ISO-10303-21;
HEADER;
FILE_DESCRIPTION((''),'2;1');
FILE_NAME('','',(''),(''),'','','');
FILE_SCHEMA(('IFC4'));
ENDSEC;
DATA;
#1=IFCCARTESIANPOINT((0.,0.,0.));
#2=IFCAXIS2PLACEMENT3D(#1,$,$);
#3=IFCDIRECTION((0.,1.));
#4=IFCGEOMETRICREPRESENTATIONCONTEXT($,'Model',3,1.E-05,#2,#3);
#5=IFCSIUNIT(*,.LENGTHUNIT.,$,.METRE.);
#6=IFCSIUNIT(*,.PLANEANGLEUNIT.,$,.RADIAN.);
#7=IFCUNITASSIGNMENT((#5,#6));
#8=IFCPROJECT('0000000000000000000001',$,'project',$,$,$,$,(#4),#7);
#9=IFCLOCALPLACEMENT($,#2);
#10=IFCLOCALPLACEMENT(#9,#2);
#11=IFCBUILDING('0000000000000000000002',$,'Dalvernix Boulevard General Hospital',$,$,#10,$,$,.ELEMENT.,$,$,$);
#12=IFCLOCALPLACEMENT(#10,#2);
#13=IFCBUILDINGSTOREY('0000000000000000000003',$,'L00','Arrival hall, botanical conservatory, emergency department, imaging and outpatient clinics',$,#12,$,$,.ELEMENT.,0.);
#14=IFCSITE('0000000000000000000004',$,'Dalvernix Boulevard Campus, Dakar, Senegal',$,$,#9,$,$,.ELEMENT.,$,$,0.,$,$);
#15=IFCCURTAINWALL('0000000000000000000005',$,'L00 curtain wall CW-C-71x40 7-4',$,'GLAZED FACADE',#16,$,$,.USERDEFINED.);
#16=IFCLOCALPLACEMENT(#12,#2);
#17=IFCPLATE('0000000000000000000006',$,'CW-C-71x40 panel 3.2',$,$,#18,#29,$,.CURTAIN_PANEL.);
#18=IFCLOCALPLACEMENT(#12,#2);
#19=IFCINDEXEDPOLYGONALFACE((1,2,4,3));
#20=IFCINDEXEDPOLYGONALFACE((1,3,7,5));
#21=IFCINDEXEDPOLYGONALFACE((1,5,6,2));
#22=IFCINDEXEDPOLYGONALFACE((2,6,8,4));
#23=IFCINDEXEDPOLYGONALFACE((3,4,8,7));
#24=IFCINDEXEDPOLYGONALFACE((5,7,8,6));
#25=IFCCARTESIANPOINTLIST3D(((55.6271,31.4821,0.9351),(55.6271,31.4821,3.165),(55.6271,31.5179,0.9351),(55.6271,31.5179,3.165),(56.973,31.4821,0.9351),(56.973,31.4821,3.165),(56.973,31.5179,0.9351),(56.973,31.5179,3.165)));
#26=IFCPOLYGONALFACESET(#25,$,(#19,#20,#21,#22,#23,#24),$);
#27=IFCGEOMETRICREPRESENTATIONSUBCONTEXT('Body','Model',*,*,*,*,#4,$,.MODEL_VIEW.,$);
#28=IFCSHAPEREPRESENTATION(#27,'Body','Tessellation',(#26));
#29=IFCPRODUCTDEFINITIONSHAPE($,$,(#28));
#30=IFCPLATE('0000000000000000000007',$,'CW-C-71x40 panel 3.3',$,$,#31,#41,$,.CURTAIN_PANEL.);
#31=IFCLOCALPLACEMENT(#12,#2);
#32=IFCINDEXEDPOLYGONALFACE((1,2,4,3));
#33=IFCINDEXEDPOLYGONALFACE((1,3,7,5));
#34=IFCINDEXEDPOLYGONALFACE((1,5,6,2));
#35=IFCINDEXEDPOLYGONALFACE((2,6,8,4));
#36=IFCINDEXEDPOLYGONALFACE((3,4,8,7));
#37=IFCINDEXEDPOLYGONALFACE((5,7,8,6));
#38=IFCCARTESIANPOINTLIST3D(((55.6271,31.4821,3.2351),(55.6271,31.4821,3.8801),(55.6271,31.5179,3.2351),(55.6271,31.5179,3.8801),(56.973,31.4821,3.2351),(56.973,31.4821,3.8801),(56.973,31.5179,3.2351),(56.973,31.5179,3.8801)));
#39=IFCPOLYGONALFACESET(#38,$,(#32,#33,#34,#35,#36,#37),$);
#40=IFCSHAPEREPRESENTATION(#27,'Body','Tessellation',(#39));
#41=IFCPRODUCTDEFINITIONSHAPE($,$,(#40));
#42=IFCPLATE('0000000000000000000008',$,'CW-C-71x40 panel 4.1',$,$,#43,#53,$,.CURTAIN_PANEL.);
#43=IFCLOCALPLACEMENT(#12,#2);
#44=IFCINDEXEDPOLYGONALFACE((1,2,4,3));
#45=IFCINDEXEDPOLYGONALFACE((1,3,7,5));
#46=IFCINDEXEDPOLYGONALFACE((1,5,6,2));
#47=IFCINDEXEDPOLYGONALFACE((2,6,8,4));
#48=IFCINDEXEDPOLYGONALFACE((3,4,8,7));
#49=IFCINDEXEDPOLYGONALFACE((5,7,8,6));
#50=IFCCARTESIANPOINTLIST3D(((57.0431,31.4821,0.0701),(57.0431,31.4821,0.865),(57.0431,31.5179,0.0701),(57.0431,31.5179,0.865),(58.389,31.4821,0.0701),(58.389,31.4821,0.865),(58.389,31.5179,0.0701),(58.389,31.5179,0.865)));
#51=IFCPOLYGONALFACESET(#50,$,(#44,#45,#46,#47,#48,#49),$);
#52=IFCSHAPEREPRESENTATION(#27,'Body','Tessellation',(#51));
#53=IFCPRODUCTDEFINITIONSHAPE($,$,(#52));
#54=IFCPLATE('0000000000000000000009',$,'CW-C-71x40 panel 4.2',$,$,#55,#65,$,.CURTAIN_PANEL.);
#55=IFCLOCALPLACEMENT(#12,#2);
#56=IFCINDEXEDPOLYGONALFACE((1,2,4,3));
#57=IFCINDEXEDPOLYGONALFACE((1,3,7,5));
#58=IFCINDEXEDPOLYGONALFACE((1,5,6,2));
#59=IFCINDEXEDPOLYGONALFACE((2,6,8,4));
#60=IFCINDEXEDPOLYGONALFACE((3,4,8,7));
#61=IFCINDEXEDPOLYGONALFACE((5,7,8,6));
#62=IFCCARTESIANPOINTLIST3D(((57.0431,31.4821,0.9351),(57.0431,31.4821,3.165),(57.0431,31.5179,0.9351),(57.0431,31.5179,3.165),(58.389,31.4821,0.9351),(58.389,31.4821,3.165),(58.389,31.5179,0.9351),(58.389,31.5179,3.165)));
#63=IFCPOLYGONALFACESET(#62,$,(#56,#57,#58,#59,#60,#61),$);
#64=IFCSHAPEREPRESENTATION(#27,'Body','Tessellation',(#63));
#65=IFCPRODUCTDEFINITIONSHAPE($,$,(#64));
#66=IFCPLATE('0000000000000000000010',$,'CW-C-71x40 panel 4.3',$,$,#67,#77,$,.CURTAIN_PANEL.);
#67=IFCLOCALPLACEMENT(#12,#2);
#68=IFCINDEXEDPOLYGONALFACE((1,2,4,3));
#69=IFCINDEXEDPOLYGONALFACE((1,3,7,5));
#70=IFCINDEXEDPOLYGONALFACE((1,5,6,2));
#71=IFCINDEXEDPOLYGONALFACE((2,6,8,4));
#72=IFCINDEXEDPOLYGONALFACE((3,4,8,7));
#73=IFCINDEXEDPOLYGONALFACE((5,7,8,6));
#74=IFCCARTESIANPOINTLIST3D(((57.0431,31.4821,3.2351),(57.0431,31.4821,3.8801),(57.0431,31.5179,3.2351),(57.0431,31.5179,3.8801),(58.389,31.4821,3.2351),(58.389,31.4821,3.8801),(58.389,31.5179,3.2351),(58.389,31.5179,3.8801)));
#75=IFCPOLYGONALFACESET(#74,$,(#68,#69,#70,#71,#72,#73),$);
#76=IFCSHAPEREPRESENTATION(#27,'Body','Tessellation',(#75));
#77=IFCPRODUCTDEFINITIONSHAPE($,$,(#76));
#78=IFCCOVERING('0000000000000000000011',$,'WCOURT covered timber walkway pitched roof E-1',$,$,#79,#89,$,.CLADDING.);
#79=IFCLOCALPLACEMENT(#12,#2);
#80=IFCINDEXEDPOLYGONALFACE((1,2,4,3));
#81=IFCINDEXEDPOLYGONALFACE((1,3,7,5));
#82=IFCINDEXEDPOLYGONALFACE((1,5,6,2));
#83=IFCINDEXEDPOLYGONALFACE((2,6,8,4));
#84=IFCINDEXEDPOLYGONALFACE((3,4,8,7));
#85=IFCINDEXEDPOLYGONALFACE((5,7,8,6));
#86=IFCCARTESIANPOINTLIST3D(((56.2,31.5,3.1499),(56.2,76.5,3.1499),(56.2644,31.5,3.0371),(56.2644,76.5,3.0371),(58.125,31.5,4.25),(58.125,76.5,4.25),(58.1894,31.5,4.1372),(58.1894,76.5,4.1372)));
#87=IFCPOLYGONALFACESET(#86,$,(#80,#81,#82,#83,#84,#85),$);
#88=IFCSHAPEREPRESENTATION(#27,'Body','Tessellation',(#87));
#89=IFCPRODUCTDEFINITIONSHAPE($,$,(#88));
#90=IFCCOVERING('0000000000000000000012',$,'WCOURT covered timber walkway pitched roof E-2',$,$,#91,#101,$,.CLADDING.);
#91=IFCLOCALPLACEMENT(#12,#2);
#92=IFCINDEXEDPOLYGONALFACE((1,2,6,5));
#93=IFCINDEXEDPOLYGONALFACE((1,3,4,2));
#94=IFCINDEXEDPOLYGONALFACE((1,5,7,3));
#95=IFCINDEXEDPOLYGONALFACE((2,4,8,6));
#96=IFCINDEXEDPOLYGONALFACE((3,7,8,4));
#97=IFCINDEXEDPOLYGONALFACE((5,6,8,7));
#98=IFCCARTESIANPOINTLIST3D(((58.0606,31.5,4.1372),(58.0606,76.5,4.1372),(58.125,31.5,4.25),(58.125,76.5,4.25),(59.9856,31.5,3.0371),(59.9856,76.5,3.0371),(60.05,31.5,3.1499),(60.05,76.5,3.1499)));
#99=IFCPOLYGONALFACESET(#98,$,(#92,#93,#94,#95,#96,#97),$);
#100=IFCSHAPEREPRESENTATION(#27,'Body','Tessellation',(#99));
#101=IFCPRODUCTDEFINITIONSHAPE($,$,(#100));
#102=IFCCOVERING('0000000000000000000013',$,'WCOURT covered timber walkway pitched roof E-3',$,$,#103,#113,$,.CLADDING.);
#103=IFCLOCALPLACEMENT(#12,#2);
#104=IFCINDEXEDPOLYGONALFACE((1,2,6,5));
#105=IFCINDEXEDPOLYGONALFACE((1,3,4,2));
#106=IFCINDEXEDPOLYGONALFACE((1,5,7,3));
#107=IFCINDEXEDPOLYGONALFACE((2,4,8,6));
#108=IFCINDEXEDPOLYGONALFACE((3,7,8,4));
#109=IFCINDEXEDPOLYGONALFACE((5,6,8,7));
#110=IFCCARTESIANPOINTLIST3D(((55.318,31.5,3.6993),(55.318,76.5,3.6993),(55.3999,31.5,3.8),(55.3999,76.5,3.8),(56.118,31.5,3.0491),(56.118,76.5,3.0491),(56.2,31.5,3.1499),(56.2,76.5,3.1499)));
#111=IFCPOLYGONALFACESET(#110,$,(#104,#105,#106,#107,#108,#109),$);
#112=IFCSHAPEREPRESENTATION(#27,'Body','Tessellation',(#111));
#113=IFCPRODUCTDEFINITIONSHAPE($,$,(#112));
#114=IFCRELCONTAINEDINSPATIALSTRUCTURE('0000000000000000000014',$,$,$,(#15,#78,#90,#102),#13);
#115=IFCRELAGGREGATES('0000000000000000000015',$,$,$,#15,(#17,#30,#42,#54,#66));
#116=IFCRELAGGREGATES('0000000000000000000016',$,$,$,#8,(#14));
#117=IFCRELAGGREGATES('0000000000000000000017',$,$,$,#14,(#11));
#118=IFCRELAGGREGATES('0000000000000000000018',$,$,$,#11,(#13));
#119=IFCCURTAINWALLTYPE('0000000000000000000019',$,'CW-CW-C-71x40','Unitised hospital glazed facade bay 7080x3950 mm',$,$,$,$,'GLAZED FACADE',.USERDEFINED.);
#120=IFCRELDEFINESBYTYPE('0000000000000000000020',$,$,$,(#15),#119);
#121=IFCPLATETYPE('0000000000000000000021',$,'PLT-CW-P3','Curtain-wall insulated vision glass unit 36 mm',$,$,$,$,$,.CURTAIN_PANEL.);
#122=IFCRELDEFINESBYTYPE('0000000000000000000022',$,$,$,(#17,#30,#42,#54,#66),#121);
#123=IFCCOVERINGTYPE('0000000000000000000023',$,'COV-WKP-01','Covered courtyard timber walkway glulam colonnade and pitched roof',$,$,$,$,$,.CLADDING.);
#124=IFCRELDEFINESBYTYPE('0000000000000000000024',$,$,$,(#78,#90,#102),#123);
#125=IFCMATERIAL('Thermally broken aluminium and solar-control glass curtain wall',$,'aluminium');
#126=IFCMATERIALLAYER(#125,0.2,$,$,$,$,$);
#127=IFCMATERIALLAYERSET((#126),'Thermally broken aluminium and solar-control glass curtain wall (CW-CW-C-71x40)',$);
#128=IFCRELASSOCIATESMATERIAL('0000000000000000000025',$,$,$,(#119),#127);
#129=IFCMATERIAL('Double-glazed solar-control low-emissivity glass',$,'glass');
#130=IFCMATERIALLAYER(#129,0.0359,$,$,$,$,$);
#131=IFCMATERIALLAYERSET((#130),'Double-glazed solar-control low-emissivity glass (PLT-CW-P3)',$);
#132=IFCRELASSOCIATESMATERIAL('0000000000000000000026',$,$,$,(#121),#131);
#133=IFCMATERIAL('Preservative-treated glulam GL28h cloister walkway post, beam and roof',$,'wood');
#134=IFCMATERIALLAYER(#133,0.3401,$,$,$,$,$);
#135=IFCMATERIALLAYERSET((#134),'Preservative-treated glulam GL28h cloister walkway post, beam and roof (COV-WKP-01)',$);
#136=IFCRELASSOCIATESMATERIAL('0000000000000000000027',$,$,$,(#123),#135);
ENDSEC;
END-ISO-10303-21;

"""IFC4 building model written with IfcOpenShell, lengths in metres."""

from ifc_helpers import new_model, si_unit, direction, frame, origin, origin_2d, place, context, subcontext, project, spatial, polyline, rectangle, outline, extrude, material, layer, layer_set, type_object, element, aggregate, save


model = new_model("IFC4")

# Units and contexts
model_context = context("Model", 3, precision=1e-05, world=origin(), true_north=direction((0.0, 1.0)))
body_context = subcontext(model_context, "Body", "Model", "MODEL_VIEW")
ifc_project = project(units=[si_unit("LENGTHUNIT", "METRE"), si_unit("PLANEANGLEUNIT", "RADIAN")], contexts=[model_context])

# Site, building, storey
site_placement = place(None, origin())
site = spatial("IfcSite", under=ifc_project, at=site_placement, Name="Dalvernix Boulevard Campus, Dakar, Senegal", CompositionType="ELEMENT", RefElevation=0.0)
building_placement = place(site_placement, origin())
building = spatial("IfcBuilding", under=site, at=building_placement, Name="Dalvernix Boulevard General Hospital", CompositionType="ELEMENT")
storey_placement = place(building_placement, origin())
storey = spatial("IfcBuildingStorey", under=building, at=storey_placement, Name="L00", Description="Arrival hall, botanical conservatory, emergency department, imaging and outpatient clinics", CompositionType="ELEMENT", Elevation=0.0)

# Curtain wall, plates
ifc_material_1 = material(Name="Thermally broken aluminium and solar-control glass curtain wall", Category="aluminium")
ifc_layer_1 = layer(ifc_material_1, 0.2)
ifc_layer_set_1 = layer_set([ifc_layer_1], Name="Thermally broken aluminium and solar-control glass curtain wall (CW-CW-C-71x40)")
curtain_wall_type = type_object("IfcCurtainWallType", Name="CW-CW-C-71x40", Description="Unitised hospital glazed facade bay 7080x3950 mm", ElementType="GLAZED FACADE", PredefinedType="USERDEFINED", material=ifc_layer_set_1)
curtain_wall_placement = place(storey_placement, origin())
curtain_wall = element("IfcCurtainWall", 1, at=curtain_wall_placement, inside=storey, type_object=curtain_wall_type, Name="L00 curtain wall CW-C-71x40 7-4", ObjectType="GLAZED FACADE", PredefinedType="USERDEFINED")
ifc_material_2 = material(Name="Double-glazed solar-control low-emissivity glass", Category="glass")
ifc_layer_2 = layer(ifc_material_2, 0.0359)
ifc_layer_set_2 = layer_set([ifc_layer_2], Name="Double-glazed solar-control low-emissivity glass (PLT-CW-P3)")
plate_type = type_object("IfcPlateType", Name="PLT-CW-P3", Description="Curtain-wall insulated vision glass unit 36 mm", PredefinedType="CURTAIN_PANEL", material=ifc_layer_set_2)
plate_1_placement = place(storey_placement, frame((56.3, 31.5, 0.9351), z_axis=(0.0, 0.0, 1.0), x_axis=(1.0, 0.0, 0.0)))
plate_1 = element("IfcPlate", 2, at=plate_1_placement, type_object=plate_type, Name="CW-C-71x40 panel 3.2", PredefinedType="CURTAIN_PANEL", context=body_context, shape_type="SweptSolid", body=[
    extrude(rectangle(XDim=1.3459, YDim=0.0359, at=origin_2d()), origin(), (0.0, 0.0, 1.0), 2.23),
])
plate_2_placement = place(storey_placement, frame((56.3, 31.5, 3.2351), z_axis=(0.0, 0.0, 1.0), x_axis=(1.0, 0.0, 0.0)))
plate_2 = element("IfcPlate", 3, at=plate_2_placement, type_object=plate_type, Name="CW-C-71x40 panel 3.3", PredefinedType="CURTAIN_PANEL", context=body_context, shape_type="SweptSolid", body=[
    extrude(rectangle(XDim=1.3459, YDim=0.0359, at=origin_2d()), origin(), (0.0, 0.0, 1.0), 0.645),
])
plate_3_placement = place(storey_placement, frame((57.7161, 31.5, 0.0701), z_axis=(0.0, 0.0, 1.0), x_axis=(1.0, 0.0, 0.0)))
plate_3 = element("IfcPlate", 4, at=plate_3_placement, type_object=plate_type, Name="CW-C-71x40 panel 4.1", PredefinedType="CURTAIN_PANEL", context=body_context, shape_type="SweptSolid", body=[
    extrude(rectangle(XDim=1.3459, YDim=0.0359, at=origin_2d()), origin(), (0.0, 0.0, 1.0), 0.7949),
])
plate_4_placement = place(storey_placement, frame((57.7161, 31.5, 0.9351), z_axis=(0.0, 0.0, 1.0), x_axis=(1.0, 0.0, 0.0)))
plate_4 = element("IfcPlate", 5, at=plate_4_placement, type_object=plate_type, Name="CW-C-71x40 panel 4.2", PredefinedType="CURTAIN_PANEL", context=body_context, shape_type="SweptSolid", body=[
    extrude(rectangle(XDim=1.3459, YDim=0.0359, at=origin_2d()), origin(), (0.0, 0.0, 1.0), 2.23),
])
plate_5_placement = place(storey_placement, frame((57.7161, 31.5, 3.2351), z_axis=(0.0, 0.0, 1.0), x_axis=(1.0, 0.0, 0.0)))
plate_5 = element("IfcPlate", 6, at=plate_5_placement, type_object=plate_type, Name="CW-C-71x40 panel 4.3", PredefinedType="CURTAIN_PANEL", context=body_context, shape_type="SweptSolid", body=[
    extrude(rectangle(XDim=1.3459, YDim=0.0359, at=origin_2d()), origin(), (0.0, 0.0, 1.0), 0.645),
])
aggregate(curtain_wall, [plate_1, plate_2, plate_3, plate_4, plate_5])

# Coverings
ifc_material_3 = material(Name="Preservative-treated glulam GL28h cloister walkway post, beam and roof", Category="wood")
ifc_layer_3 = layer(ifc_material_3, 0.3401)
ifc_layer_set_3 = layer_set([ifc_layer_3], Name="Preservative-treated glulam GL28h cloister walkway post, beam and roof (COV-WKP-01)")
covering_type = type_object("IfcCoveringType", Name="COV-WKP-01", Description="Covered courtyard timber walkway glulam colonnade and pitched roof", PredefinedType="CLADDING", material=ifc_layer_set_3)
for number, where, z_axis, x_axis, name in (
    (7, (56.2, 31.5, 3.1499), (-0.496163, 0.0, 0.86823), (0.86823, 0.0, 0.496163), "WCOURT covered timber walkway pitched roof E-1"),
    (8, (58.125, 31.5, 4.25), (0.496163, 0.0, 0.86823), (0.86823, 0.0, -0.496163), "WCOURT covered timber walkway pitched roof E-2"),
):
    element("IfcCovering", number, at=place(storey_placement, frame(where, z_axis=z_axis, x_axis=x_axis)), inside=storey, type_object=covering_type, Name=name, PredefinedType="CLADDING", context=body_context, shape_type="SweptSolid", body=[
        extrude(outline(polyline([(0.0, 0.0), (2.2172, 0.0), (2.2172, 45.0), (0.0, 45.0), (0.0, 0.0)])), origin(), (0.0, 0.0, -1.0), 0.1299),
    ])
covering_placement = place(storey_placement, frame((56.2, 31.5, 3.1499), z_axis=(0.630655, 0.0, 0.776063), x_axis=(-0.776063, 0.0, 0.630655)))
element("IfcCovering", 9, at=covering_placement, inside=storey, type_object=covering_type, Name="WCOURT covered timber walkway pitched roof E-3", PredefinedType="CLADDING", context=body_context, shape_type="SweptSolid", body=[
    extrude(outline(polyline([(0.0, 0.0), (1.0309, 0.0), (1.0309, -45.0), (0.0, -45.0), (0.0, 0.0)])), origin(), (0.0, 0.0, -1.0), 0.1299),
])

save(model, "model.ifc")
